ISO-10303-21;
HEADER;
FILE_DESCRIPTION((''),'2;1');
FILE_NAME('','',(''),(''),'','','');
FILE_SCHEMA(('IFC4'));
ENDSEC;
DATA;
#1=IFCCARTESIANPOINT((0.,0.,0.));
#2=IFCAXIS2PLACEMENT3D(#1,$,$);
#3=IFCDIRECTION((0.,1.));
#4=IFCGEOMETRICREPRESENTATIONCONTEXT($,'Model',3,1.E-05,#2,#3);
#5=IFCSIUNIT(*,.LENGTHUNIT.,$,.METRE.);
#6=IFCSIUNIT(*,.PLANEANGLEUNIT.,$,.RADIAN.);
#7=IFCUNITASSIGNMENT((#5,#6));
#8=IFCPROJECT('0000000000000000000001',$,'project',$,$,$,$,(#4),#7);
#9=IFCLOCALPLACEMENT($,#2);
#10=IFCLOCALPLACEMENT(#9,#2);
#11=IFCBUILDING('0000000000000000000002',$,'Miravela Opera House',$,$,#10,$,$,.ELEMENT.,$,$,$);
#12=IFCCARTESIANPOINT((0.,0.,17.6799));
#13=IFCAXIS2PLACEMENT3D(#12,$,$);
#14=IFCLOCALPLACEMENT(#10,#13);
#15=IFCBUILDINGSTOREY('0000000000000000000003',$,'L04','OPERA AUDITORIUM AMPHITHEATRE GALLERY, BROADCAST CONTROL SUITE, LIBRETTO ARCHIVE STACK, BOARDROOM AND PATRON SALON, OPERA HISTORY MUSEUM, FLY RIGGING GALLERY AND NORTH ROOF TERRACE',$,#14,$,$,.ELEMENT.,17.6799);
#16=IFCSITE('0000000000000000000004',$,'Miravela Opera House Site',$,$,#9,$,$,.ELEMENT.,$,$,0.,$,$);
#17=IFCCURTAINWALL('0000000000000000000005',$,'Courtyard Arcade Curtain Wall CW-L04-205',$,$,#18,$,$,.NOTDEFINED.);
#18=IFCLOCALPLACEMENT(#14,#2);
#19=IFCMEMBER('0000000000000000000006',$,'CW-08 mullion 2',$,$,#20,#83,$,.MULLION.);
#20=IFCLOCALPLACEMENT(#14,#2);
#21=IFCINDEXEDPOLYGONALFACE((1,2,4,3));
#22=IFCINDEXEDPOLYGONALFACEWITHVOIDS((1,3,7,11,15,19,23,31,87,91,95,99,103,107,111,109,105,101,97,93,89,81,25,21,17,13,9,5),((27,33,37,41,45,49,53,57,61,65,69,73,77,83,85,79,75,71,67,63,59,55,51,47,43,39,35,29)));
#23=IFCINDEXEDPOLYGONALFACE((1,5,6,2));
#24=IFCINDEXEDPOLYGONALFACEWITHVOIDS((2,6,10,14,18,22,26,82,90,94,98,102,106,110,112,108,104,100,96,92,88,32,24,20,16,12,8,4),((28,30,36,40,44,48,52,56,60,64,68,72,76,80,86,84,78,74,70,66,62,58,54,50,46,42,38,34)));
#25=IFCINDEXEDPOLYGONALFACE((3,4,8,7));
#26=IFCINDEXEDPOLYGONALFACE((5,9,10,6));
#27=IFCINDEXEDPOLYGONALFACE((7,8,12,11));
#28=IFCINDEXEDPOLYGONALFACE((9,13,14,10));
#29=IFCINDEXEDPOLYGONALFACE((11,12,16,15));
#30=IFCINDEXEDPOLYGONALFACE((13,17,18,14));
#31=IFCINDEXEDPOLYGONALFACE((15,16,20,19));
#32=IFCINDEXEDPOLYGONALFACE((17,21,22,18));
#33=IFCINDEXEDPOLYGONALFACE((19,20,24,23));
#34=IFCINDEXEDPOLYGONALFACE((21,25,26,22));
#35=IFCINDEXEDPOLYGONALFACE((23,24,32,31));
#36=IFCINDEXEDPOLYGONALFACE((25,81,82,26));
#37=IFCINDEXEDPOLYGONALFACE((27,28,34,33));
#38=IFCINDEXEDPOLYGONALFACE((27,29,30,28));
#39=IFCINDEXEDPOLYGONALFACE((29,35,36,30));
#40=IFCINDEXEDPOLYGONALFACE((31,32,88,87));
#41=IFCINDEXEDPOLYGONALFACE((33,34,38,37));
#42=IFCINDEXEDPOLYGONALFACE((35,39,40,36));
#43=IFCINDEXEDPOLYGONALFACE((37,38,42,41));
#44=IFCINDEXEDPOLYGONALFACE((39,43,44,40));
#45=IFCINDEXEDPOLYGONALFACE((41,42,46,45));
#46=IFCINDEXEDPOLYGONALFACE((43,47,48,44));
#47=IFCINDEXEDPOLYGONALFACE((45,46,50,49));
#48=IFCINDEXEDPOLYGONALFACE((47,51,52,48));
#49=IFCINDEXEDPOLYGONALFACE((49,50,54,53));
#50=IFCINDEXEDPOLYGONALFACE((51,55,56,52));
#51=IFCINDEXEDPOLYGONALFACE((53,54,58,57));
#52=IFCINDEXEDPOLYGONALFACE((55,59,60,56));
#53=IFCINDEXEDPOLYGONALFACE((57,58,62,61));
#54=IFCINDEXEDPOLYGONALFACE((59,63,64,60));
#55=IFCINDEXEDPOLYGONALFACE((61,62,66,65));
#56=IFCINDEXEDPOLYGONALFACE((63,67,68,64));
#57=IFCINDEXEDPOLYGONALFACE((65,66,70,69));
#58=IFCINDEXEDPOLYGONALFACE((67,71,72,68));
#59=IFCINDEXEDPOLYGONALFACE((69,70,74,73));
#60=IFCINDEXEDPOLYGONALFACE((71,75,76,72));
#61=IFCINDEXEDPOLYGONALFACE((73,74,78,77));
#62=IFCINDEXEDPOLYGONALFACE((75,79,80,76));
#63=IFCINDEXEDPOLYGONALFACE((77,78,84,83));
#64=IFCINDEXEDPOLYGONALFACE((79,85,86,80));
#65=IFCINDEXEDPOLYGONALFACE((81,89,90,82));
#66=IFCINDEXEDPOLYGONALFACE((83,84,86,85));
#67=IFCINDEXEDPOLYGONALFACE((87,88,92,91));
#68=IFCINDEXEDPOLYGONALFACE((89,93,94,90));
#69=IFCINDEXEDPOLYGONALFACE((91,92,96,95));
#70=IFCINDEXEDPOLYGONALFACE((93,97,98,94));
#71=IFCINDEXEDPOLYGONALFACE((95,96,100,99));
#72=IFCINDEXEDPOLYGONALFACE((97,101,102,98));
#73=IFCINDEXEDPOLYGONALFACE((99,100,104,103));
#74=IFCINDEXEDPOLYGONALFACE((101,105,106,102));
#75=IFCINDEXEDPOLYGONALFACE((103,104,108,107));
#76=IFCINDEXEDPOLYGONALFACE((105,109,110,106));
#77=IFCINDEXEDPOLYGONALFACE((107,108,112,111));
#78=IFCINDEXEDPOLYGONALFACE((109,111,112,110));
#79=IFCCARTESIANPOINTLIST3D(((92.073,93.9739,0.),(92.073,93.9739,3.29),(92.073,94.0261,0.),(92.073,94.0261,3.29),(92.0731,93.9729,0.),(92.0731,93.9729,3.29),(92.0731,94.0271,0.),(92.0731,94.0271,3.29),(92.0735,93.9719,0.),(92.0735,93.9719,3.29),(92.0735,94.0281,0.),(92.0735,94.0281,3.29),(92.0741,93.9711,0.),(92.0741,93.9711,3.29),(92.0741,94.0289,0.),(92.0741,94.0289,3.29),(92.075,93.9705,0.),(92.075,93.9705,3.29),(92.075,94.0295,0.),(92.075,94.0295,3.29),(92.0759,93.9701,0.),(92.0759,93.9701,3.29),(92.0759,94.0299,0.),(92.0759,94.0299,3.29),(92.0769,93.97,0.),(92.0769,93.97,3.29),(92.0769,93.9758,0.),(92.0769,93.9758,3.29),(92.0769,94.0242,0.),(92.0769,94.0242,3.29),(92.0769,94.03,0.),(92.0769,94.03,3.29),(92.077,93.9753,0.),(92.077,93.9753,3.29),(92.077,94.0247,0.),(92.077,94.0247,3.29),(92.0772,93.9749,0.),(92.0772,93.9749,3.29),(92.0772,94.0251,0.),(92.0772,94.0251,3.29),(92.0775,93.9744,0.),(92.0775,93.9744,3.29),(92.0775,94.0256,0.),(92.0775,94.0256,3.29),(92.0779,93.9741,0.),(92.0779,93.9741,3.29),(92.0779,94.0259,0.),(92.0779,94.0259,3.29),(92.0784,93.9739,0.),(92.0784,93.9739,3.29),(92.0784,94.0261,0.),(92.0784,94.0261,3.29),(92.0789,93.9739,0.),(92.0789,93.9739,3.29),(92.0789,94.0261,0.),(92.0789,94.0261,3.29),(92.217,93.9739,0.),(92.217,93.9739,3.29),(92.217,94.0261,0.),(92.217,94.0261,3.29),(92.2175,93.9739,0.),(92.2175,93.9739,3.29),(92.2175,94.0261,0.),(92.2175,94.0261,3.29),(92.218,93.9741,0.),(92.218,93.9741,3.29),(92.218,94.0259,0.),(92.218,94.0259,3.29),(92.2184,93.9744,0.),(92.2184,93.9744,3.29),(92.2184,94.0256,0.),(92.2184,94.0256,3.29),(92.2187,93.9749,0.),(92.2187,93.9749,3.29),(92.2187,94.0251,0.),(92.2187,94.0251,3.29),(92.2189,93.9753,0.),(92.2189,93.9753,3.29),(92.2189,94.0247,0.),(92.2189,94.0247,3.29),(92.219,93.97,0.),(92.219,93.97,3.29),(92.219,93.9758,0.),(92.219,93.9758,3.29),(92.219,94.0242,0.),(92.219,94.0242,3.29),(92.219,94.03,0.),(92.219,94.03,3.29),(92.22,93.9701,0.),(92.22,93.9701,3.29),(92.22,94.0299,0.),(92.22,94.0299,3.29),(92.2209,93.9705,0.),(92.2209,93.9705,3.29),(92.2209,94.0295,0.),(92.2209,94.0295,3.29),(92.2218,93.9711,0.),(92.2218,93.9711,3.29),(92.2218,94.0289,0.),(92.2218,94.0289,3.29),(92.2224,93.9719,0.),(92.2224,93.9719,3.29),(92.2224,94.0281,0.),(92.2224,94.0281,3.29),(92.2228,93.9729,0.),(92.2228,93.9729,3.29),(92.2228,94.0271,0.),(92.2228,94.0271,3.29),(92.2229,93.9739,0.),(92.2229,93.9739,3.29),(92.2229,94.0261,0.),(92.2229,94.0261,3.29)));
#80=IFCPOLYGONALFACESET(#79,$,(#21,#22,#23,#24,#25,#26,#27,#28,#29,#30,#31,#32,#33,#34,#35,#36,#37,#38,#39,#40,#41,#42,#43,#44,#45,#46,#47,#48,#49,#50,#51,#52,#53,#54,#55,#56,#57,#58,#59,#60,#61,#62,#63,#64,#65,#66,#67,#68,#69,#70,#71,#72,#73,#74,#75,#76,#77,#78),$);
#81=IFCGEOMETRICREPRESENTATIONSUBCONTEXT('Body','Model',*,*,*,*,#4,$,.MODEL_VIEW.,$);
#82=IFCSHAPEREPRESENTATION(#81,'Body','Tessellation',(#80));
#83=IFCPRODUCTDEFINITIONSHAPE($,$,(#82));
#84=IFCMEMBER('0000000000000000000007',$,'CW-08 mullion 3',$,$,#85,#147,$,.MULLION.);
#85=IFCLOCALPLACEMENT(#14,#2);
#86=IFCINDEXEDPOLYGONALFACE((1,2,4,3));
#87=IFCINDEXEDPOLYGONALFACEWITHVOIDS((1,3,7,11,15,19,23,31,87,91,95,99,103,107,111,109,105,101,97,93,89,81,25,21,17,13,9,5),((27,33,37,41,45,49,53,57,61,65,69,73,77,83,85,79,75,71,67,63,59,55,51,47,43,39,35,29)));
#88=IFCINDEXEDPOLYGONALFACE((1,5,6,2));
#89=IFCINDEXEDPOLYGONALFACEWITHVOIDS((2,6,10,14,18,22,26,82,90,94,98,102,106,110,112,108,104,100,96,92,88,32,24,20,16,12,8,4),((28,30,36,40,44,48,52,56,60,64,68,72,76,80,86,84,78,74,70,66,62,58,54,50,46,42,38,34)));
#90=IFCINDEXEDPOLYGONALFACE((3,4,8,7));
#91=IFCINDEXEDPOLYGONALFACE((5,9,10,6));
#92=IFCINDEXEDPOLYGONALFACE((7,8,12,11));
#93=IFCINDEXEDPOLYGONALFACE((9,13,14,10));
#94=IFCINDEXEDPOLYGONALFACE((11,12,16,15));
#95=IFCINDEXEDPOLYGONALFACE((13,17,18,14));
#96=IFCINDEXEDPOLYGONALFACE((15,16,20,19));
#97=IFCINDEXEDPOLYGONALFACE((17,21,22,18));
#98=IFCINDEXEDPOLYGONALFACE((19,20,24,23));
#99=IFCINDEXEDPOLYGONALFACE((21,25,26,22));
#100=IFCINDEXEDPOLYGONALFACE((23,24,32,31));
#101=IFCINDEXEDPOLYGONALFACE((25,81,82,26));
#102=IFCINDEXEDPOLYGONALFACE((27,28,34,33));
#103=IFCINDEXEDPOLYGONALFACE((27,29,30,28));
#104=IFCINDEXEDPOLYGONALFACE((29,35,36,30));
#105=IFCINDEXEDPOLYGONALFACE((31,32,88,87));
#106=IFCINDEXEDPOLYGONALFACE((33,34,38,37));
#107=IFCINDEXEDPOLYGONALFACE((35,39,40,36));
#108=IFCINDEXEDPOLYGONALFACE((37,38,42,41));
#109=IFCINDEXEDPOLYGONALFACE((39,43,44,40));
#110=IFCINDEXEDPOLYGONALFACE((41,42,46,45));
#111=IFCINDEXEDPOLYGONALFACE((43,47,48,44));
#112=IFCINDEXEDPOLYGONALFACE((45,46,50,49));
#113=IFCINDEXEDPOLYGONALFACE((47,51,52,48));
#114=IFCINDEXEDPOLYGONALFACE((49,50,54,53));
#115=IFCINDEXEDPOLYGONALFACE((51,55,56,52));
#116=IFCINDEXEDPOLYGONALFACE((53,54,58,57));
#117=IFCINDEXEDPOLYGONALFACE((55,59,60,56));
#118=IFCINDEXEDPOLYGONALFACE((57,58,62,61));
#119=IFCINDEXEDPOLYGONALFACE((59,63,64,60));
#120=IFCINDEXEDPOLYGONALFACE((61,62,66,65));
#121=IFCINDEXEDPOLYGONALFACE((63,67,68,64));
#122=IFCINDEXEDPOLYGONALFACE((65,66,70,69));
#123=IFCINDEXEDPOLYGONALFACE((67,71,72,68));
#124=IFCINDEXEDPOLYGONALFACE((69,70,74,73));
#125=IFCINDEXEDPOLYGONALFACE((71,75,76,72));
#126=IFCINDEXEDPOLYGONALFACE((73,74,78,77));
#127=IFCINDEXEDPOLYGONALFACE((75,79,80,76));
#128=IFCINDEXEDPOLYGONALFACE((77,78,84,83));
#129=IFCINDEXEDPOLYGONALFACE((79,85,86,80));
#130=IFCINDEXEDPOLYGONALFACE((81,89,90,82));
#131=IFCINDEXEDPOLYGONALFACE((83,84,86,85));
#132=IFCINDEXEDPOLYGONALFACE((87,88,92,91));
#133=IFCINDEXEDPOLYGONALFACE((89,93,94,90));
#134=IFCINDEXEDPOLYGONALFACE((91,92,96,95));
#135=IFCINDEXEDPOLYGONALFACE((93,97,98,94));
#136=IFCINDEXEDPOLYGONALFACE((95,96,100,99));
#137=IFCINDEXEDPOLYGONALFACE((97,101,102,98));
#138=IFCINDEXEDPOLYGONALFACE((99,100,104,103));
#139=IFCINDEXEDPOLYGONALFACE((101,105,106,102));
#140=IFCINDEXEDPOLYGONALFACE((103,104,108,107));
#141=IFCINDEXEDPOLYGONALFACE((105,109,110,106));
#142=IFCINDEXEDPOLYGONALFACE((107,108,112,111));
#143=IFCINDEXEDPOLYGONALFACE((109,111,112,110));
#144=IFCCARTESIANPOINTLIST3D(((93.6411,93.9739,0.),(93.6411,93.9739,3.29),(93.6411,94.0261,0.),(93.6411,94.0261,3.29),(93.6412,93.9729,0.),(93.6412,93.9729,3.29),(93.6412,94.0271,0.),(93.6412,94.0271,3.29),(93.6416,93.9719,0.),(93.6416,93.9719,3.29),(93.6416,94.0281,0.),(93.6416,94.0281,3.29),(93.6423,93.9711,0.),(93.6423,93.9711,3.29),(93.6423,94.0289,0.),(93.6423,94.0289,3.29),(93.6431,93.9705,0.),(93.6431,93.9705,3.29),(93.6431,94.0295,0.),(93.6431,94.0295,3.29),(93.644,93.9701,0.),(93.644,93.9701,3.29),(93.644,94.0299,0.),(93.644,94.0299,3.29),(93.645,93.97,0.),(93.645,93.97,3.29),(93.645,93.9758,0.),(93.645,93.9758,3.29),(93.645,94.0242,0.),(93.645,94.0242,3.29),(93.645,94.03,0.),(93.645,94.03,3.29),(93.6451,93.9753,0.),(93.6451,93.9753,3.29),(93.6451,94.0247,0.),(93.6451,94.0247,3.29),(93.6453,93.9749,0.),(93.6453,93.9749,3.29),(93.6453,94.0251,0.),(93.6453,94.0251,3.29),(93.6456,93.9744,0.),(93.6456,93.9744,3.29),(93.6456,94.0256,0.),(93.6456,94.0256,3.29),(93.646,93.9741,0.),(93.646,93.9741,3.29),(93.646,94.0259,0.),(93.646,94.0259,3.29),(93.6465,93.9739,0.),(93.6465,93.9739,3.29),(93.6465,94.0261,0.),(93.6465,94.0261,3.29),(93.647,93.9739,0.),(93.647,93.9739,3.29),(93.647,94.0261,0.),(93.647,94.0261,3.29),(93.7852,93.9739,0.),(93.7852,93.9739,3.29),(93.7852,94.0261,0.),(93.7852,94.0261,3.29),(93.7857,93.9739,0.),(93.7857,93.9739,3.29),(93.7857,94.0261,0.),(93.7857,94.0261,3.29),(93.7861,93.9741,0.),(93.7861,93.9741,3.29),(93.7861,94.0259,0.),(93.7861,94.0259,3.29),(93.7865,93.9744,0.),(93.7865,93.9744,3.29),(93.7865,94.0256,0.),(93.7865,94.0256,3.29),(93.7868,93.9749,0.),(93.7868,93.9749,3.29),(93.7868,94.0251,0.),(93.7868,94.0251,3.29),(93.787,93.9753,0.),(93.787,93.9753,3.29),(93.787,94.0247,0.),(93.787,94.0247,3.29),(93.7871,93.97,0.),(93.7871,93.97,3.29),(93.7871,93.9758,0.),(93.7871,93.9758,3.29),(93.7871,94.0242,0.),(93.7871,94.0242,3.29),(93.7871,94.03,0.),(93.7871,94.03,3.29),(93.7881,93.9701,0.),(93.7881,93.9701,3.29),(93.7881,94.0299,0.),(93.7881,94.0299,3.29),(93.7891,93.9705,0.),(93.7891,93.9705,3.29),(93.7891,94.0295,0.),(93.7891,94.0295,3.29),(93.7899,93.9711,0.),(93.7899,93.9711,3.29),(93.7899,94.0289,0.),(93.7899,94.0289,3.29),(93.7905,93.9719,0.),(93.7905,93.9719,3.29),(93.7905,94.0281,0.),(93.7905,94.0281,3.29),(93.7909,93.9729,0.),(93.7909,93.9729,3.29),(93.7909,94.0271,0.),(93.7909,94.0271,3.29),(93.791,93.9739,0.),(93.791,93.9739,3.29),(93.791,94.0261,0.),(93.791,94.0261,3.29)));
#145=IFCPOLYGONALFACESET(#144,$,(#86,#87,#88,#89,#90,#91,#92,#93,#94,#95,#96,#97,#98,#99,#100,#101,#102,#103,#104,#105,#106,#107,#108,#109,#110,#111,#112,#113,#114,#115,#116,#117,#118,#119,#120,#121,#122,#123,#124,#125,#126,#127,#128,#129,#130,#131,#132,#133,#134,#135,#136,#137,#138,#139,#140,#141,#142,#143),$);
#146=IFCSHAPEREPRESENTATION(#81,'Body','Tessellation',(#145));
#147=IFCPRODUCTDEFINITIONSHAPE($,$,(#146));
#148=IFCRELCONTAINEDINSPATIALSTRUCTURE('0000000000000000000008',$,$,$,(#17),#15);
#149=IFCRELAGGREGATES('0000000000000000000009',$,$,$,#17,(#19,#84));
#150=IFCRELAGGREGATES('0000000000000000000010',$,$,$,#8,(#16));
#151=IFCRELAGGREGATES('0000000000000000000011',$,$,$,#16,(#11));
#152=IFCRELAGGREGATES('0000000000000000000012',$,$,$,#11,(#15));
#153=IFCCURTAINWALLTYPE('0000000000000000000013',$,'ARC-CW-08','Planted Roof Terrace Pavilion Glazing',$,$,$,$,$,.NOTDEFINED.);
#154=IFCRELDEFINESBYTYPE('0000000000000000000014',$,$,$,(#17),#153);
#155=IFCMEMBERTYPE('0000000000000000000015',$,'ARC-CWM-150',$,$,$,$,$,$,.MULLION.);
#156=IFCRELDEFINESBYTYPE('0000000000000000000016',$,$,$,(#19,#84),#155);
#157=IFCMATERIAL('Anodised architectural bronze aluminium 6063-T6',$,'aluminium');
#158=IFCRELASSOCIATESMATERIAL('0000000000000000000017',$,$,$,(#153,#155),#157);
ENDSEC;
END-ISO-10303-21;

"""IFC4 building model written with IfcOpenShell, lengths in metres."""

from ifc_helpers import new_model, si_unit, direction, frame, origin, origin_2d, place, context, subcontext, project, spatial, hollow_rectangle, extrude, material, material_profile, profile_set, type_object, element, aggregate, save


model = new_model("IFC4")

# Units and contexts
model_context = context("Model", 3, precision=1e-05, world=origin(), true_north=direction((0.0, 1.0)))
body_context = subcontext(model_context, "Body", "Model", "MODEL_VIEW")
ifc_project = project(units=[si_unit("LENGTHUNIT", "METRE"), si_unit("PLANEANGLEUNIT", "RADIAN")], contexts=[model_context])

# Site, building, storey
site_placement = place(None, origin())
site = spatial("IfcSite", under=ifc_project, at=site_placement, Name="Miravela Opera House Site", CompositionType="ELEMENT", RefElevation=0.0)
building_placement = place(site_placement, origin())
building = spatial("IfcBuilding", under=site, at=building_placement, Name="Miravela Opera House", CompositionType="ELEMENT")
storey_placement = place(building_placement, frame((0.0, 0.0, 17.6799)))
storey = spatial("IfcBuildingStorey", under=building, at=storey_placement, Name="L04", Description="OPERA AUDITORIUM AMPHITHEATRE GALLERY, BROADCAST CONTROL SUITE, LIBRETTO ARCHIVE STACK, BOARDROOM AND PATRON SALON, OPERA HISTORY MUSEUM, FLY RIGGING GALLERY AND NORTH ROOF TERRACE", CompositionType="ELEMENT", Elevation=17.6799)

# Shared definitions
ifc_material_1 = material(Name="Anodised architectural bronze aluminium 6063-T6", Category="aluminium")
curtain_wall_type = type_object("IfcCurtainWallType", Name="ARC-CW-08", Description="Planted Roof Terrace Pavilion Glazing", PredefinedType="NOTDEFINED", material=ifc_material_1)
ifc_material_profile_1 = material_profile(ifc_material_1, hollow_rectangle(XDim=0.0601, YDim=0.1499, WallThickness=0.0039, InnerFilletRadius=0.002, OuterFilletRadius=0.0039, at=origin_2d()), Name="CWM-60X150")
ifc_profile_set_1 = profile_set([ifc_material_profile_1])
member_type_1 = type_object("IfcMemberType", Name="ARC-CWM-150", PredefinedType="MULLION", material=ifc_profile_set_1)

# Curtain wall, members
curtain_wall_1_placement = place(storey_placement, origin())
curtain_wall_1 = element("IfcCurtainWall", 1, at=curtain_wall_1_placement, inside=storey, type_object=curtain_wall_type, Name="Courtyard Arcade Curtain Wall CW-L04-205", PredefinedType="NOTDEFINED")
member_1_placement = place(storey_placement, frame((92.1479, 94.0, 0.0), z_axis=(0.0, 0.0, 1.0), x_axis=(0.0, 1.0, 0.0)))
member_1 = element("IfcMember", 2, at=member_1_placement, type_object=member_type_1, Name="CW-08 mullion 2", PredefinedType="MULLION", context=body_context, shape_type="SweptSolid", body=[
    extrude(hollow_rectangle(XDim=0.0601, YDim=0.1499, WallThickness=0.0039, InnerFilletRadius=0.002, OuterFilletRadius=0.0039, at=origin_2d()), origin(), (0.0, 0.0, 1.0), 3.29),
])
member_2_placement = place(storey_placement, frame((93.7161, 94.0, 0.0), z_axis=(0.0, 0.0, 1.0), x_axis=(0.0, 1.0, 0.0)))
member_2 = element("IfcMember", 3, at=member_2_placement, type_object=member_type_1, Name="CW-08 mullion 3", PredefinedType="MULLION", context=body_context, shape_type="SweptSolid", body=[
    extrude(hollow_rectangle(XDim=0.0601, YDim=0.1499, WallThickness=0.0039, InnerFilletRadius=0.002, OuterFilletRadius=0.0039, at=origin_2d()), origin(), (0.0, 0.0, 1.0), 3.29),
])

aggregate(curtain_wall_1, [member_1, member_2])

save(model, "model.ifc")
